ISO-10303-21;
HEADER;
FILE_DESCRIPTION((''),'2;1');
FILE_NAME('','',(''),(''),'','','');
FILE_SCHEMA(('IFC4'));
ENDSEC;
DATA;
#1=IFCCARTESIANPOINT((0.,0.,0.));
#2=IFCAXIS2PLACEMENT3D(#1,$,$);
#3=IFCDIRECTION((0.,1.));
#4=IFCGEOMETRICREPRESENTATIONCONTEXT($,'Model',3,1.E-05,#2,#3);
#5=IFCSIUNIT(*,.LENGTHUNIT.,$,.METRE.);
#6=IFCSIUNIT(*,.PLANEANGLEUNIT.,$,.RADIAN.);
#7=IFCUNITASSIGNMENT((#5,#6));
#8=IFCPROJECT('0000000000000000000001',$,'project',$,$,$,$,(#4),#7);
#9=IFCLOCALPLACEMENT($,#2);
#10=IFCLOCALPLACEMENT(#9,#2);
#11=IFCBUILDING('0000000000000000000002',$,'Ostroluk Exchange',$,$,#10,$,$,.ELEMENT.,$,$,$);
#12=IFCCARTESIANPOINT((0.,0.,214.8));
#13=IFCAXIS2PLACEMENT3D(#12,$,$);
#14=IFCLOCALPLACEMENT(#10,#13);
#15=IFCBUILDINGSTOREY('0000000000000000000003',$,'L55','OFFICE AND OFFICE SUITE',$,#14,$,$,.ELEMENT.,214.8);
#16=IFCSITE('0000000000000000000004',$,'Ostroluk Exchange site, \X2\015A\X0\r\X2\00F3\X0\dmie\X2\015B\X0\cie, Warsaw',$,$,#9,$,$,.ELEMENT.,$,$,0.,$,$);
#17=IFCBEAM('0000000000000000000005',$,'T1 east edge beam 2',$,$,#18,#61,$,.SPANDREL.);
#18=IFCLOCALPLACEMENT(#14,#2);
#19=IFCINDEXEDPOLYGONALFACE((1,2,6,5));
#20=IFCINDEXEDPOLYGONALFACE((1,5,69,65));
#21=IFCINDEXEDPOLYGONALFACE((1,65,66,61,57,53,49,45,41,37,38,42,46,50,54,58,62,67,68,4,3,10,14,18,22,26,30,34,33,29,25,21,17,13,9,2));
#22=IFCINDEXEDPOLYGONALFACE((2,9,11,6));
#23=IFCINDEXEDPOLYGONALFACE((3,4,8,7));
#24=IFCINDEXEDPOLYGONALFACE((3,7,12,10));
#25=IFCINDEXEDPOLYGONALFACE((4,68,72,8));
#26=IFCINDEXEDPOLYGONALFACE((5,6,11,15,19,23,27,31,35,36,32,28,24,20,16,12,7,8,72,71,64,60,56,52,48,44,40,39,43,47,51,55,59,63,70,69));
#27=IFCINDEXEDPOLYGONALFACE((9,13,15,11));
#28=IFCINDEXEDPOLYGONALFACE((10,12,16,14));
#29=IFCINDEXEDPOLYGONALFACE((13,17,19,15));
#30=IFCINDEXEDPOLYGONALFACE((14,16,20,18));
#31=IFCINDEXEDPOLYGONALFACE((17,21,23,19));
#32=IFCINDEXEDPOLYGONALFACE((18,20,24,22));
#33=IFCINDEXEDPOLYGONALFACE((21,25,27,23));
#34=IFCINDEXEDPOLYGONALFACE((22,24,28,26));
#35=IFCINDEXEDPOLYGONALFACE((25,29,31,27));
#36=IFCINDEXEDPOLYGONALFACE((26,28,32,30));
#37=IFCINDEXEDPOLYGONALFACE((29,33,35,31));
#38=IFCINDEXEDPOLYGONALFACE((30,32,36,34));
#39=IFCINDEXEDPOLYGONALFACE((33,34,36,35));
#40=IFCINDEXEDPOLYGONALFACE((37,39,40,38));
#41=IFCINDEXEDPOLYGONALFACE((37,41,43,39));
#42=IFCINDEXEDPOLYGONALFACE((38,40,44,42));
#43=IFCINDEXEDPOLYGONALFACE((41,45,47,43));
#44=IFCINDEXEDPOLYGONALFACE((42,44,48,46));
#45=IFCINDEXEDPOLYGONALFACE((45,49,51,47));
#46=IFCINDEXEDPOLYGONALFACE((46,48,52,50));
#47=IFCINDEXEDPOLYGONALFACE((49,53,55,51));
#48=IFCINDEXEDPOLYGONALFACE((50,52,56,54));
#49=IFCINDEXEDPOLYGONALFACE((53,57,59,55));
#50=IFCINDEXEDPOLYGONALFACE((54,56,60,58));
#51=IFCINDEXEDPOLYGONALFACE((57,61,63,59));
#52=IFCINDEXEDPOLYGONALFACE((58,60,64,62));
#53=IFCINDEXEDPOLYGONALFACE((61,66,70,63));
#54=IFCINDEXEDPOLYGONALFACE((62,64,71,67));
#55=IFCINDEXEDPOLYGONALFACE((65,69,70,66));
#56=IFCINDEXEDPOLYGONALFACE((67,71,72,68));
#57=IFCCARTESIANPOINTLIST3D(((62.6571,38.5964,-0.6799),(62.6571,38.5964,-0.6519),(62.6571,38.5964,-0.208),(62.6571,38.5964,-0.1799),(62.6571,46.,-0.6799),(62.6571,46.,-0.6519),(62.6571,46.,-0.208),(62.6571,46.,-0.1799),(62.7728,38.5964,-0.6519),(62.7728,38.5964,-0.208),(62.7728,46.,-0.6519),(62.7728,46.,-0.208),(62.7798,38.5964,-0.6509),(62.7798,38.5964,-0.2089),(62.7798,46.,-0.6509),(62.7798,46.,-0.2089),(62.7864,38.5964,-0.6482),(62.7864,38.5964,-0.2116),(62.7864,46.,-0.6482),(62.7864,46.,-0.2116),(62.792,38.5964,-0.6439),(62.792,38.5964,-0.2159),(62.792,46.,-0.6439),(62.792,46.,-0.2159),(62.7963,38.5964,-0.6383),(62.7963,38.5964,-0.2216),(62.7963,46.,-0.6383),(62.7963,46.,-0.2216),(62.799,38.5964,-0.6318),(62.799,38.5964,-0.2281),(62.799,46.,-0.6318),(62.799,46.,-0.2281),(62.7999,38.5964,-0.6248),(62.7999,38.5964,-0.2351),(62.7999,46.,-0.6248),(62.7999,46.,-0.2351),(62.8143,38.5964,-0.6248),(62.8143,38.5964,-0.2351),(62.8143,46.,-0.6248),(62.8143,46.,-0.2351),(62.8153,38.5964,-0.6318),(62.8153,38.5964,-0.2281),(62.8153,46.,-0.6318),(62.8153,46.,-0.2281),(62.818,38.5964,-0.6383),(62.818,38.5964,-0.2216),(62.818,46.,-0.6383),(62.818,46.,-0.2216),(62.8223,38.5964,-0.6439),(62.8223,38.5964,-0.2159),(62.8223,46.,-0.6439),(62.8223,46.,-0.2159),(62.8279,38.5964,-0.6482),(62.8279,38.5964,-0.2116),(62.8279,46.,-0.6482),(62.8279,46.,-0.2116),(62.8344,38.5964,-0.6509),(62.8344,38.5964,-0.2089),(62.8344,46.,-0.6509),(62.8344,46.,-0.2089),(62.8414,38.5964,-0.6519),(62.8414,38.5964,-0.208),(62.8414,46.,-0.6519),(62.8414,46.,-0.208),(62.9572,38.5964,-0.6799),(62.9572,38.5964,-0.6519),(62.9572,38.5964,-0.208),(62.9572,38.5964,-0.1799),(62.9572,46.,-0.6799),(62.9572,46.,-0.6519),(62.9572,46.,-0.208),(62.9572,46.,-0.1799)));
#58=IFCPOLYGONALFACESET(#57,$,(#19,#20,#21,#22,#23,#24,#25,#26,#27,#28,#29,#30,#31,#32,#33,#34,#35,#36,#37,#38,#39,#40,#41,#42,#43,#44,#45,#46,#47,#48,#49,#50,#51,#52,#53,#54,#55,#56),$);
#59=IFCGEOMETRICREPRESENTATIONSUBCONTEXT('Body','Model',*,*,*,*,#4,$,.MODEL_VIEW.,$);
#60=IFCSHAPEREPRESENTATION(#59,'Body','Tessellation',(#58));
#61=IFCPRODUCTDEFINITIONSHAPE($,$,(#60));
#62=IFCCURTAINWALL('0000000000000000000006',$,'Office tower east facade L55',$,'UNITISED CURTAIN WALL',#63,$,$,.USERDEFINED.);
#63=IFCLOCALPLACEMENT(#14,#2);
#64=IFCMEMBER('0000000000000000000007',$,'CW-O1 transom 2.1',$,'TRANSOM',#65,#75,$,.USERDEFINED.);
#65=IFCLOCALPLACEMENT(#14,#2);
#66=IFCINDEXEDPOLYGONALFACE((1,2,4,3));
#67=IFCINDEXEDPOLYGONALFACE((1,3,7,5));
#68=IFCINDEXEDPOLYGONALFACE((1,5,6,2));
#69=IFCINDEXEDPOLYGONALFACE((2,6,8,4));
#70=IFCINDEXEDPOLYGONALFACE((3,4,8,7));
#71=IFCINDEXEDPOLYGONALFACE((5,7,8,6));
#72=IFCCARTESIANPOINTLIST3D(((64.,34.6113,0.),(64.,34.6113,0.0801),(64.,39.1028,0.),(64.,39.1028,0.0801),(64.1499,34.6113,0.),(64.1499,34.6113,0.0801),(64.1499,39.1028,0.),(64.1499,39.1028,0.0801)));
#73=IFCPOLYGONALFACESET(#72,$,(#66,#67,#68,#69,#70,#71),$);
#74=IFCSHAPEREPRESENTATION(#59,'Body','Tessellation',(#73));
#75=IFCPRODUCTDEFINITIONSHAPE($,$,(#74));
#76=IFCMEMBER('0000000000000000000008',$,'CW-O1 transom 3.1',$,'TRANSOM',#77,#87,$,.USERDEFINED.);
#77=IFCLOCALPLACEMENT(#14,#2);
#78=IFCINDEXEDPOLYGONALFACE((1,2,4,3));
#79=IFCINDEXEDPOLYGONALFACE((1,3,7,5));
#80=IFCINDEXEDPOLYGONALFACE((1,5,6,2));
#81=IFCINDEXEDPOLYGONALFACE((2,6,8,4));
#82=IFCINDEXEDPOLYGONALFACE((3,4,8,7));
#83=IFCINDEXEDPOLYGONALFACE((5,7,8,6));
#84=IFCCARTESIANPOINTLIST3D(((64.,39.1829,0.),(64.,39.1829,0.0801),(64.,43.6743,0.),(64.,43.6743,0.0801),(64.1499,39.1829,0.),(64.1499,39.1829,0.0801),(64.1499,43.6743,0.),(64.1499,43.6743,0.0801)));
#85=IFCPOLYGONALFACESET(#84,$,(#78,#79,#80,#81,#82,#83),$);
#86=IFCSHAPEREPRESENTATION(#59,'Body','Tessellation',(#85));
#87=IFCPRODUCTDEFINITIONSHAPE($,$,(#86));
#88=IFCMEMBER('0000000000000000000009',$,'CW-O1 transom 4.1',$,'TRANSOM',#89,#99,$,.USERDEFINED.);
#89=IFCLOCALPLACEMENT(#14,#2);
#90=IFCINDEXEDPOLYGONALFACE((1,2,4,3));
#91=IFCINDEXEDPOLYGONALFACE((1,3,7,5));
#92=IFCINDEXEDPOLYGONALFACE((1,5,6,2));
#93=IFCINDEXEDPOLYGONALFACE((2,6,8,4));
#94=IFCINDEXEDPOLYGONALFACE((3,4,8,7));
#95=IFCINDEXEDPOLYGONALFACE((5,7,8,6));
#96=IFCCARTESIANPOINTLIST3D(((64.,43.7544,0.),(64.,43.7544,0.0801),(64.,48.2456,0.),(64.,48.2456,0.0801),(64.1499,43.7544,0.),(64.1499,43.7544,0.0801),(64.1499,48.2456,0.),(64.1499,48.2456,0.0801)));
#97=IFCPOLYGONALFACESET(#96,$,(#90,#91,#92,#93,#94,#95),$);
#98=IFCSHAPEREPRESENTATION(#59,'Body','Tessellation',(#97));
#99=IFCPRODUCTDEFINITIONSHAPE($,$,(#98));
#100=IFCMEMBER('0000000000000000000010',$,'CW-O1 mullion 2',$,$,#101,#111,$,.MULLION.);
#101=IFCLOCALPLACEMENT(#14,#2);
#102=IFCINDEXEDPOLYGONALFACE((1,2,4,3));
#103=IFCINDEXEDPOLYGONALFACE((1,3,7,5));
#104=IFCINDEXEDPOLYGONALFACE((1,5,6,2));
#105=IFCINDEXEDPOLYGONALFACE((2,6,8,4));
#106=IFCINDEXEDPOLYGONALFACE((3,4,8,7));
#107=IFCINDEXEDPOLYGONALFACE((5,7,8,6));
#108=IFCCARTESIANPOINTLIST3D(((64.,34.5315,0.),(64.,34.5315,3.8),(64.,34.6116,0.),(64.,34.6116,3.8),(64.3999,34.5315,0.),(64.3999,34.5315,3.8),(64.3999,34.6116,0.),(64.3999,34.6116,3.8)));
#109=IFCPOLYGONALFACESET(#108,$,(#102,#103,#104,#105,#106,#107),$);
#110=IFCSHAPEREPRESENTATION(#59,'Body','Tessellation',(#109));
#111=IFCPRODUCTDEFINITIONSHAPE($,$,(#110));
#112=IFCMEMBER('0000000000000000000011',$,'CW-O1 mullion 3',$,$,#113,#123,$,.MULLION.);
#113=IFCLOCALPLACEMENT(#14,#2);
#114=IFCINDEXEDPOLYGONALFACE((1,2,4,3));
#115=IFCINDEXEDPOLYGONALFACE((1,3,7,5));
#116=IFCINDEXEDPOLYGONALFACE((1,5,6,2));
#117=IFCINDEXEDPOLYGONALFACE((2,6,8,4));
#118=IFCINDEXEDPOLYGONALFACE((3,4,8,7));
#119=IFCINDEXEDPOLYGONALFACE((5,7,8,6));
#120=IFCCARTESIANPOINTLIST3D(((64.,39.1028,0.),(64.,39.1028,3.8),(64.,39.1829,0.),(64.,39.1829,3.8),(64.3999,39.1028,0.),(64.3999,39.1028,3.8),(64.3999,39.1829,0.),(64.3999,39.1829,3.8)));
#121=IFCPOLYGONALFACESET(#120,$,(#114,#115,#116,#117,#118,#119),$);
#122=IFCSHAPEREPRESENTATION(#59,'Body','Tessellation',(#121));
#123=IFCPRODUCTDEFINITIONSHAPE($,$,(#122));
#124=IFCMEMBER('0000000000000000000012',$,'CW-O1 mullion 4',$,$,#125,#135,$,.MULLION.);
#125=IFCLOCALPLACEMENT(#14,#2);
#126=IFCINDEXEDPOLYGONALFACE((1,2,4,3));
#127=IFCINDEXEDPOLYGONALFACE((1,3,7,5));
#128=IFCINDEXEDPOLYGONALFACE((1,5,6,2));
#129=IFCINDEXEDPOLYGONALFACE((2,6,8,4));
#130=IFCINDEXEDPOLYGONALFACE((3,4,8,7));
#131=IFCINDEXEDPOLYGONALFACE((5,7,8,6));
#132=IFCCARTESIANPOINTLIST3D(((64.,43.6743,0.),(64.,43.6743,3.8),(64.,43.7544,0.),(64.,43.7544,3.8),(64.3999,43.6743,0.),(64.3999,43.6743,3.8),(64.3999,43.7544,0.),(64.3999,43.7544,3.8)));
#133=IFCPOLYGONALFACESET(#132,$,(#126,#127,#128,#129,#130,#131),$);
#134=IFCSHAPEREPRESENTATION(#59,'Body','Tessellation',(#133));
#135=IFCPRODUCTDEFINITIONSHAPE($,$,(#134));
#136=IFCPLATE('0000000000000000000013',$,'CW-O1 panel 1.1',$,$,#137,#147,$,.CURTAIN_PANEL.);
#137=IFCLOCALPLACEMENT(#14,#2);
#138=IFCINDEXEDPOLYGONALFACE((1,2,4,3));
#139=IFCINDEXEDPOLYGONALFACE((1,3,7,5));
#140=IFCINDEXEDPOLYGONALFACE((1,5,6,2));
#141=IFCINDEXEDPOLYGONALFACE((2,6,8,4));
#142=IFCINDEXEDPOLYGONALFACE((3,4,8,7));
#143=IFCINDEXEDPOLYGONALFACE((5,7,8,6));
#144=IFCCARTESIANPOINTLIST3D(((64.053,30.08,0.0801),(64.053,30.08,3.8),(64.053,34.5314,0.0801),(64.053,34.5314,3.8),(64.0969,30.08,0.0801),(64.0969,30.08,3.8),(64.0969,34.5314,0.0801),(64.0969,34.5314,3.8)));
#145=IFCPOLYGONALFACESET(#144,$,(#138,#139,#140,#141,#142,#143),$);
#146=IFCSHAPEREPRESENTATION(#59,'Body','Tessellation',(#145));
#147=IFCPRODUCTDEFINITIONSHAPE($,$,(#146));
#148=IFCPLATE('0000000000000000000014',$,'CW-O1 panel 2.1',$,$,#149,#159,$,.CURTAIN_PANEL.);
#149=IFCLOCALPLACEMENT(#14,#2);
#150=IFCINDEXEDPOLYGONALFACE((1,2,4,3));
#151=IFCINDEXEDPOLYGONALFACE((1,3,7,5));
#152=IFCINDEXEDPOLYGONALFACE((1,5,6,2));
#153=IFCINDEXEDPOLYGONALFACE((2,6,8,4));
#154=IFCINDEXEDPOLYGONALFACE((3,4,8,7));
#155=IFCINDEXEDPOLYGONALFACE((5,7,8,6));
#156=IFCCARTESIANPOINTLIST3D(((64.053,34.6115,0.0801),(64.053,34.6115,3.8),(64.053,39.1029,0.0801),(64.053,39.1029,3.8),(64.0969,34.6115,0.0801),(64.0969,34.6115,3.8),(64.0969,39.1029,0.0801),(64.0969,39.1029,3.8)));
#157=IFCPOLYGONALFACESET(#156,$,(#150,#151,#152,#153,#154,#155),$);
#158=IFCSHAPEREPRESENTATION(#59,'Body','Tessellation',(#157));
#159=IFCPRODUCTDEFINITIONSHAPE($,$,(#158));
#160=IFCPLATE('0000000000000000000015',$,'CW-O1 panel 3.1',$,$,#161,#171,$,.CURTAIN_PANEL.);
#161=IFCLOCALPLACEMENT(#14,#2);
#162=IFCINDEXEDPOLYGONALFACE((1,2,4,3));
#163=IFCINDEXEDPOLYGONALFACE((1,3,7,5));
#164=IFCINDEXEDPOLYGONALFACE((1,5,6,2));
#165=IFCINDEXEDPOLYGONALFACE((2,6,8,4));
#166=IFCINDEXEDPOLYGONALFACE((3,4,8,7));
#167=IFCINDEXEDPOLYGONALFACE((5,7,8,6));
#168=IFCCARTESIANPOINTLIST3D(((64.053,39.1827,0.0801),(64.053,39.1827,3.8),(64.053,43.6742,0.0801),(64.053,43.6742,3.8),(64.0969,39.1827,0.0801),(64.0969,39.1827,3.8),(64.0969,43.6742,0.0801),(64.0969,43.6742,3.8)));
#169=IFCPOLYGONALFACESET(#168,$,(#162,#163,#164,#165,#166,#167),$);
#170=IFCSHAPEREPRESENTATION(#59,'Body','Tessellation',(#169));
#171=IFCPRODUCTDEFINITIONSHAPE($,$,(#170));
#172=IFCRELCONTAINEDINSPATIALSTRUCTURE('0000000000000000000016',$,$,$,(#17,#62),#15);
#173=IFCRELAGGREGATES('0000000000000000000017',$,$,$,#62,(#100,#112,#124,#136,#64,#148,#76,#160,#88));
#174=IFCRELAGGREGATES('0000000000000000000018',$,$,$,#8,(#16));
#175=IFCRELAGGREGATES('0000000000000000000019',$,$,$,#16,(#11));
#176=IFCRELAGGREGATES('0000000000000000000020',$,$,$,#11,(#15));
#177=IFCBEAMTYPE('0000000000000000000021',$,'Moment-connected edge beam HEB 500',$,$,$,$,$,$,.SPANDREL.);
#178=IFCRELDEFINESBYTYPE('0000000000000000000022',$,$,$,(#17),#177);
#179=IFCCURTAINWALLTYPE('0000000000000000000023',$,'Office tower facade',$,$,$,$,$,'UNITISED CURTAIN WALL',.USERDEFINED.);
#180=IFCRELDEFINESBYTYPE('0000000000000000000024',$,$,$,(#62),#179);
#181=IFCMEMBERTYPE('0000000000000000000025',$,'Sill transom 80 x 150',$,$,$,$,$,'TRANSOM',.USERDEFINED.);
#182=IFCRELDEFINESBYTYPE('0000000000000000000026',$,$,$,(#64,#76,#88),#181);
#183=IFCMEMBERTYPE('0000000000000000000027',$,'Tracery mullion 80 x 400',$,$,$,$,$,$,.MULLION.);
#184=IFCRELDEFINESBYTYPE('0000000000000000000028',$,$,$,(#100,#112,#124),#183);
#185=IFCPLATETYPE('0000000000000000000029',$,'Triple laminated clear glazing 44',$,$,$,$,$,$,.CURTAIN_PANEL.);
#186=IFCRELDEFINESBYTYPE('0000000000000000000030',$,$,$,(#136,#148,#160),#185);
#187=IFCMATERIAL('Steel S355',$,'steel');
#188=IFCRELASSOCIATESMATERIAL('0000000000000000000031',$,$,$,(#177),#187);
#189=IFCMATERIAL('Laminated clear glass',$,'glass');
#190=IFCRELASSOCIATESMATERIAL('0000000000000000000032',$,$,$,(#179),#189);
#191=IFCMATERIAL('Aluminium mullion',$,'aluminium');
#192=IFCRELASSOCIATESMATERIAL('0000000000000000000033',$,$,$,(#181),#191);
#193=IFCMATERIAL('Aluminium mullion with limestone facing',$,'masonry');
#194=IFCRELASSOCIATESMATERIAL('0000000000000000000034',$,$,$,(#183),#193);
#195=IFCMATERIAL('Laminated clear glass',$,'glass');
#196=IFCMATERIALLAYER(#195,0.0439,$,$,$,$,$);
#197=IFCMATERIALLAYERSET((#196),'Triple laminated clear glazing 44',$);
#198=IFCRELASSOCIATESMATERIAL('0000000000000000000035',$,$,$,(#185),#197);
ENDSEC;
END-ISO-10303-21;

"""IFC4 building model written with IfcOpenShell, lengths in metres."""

from ifc_helpers import new_model, si_unit, direction, frame, origin, origin_2d, place, context, subcontext, project, spatial, rectangle, i_section, extrude, material, layer, layer_set, material_profile, profile_set, type_object, element, aggregate, save


model = new_model("IFC4")

# Units and contexts
model_context = context("Model", 3, precision=1e-05, world=origin(), true_north=direction((0.0, 1.0)))
body_context = subcontext(model_context, "Body", "Model", "MODEL_VIEW")
ifc_project = project(units=[si_unit("LENGTHUNIT", "METRE"), si_unit("PLANEANGLEUNIT", "RADIAN")], contexts=[model_context])

# Site, building, storey
site_placement = place(None, origin())
site = spatial("IfcSite", under=ifc_project, at=site_placement, Name="Ostroluk Exchange site, Śródmieście, Warsaw", CompositionType="ELEMENT", RefElevation=0.0)
building_placement = place(site_placement, origin())
building = spatial("IfcBuilding", under=site, at=building_placement, Name="Ostroluk Exchange", CompositionType="ELEMENT")
storey_placement = place(building_placement, frame((0.0, 0.0, 214.8)))
storey = spatial("IfcBuildingStorey", under=building, at=storey_placement, Name="L55", Description="OFFICE AND OFFICE SUITE", CompositionType="ELEMENT", Elevation=214.8)

# Beam
ifc_material_1 = material(Name="Steel S355", Category="steel")
ifc_material_profile_1 = material_profile(ifc_material_1, i_section(OverallWidth=0.3, OverallDepth=0.5, WebThickness=0.0144, FlangeThickness=0.0281, FilletRadius=0.0271, at=origin_2d()), Name="HEB 500")
ifc_profile_set_1 = profile_set([ifc_material_profile_1], Name="Steel S355")
beam_type_1 = type_object("IfcBeamType", Name="Moment-connected edge beam HEB 500", PredefinedType="SPANDREL", material=ifc_profile_set_1)
beam_1_placement = place(storey_placement, frame((62.8071, 38.5964, -0.4299), z_axis=(0.0, 1.0, 0.0), x_axis=(-1.0, 0.0, 0.0)))
element("IfcBeam", 1, at=beam_1_placement, inside=storey, type_object=beam_type_1, Name="T1 east edge beam 2", PredefinedType="SPANDREL", context=body_context, shape_type="SweptSolid", body=[
    extrude(i_section(OverallWidth=0.3, OverallDepth=0.5, WebThickness=0.0144, FlangeThickness=0.0281, FilletRadius=0.0271, at=origin_2d()), origin(), (0.0, 0.0, 1.0), 7.4036),
])

# Curtain wall, members, plates
ifc_material_2 = material(Name="Laminated clear glass", Category="glass")
curtain_wall_type = type_object("IfcCurtainWallType", Name="Office tower facade", ElementType="UNITISED CURTAIN WALL", PredefinedType="USERDEFINED", material=ifc_material_2)
curtain_wall_placement = place(storey_placement, origin())
curtain_wall = element("IfcCurtainWall", 2, at=curtain_wall_placement, inside=storey, type_object=curtain_wall_type, Name="Office tower east facade L55", ObjectType="UNITISED CURTAIN WALL", PredefinedType="USERDEFINED")
ifc_material_3 = material(Name="Aluminium mullion", Category="aluminium")
ifc_material_profile_2 = material_profile(ifc_material_3, rectangle(XDim=0.1499, YDim=0.0801, at=origin_2d()), Name="Sill transom 80 x 150")
ifc_profile_set_2 = profile_set([ifc_material_profile_2], Name="Aluminium mullion")
member_type_1 = type_object("IfcMemberType", Name="Sill transom 80 x 150", ElementType="TRANSOM", PredefinedType="USERDEFINED", material=ifc_profile_set_2)
member_1_placement = place(storey_placement, frame((64.075, 34.6113, 0.04), z_axis=(0.0, 1.0, 0.0), x_axis=(-1.0, 0.0, 0.0)))
member_1 = element("IfcMember", 3, at=member_1_placement, type_object=member_type_1, Name="CW-O1 transom 2.1", ObjectType="TRANSOM", PredefinedType="USERDEFINED", context=body_context, shape_type="SweptSolid", body=[
    extrude(rectangle(XDim=0.1499, YDim=0.0801, at=origin_2d()), origin(), (0.0, 0.0, 1.0), 4.4915),
])
member_2_placement = place(storey_placement, frame((64.075, 39.1829, 0.04), z_axis=(0.0, 1.0, 0.0), x_axis=(-1.0, 0.0, 0.0)))
member_2 = element("IfcMember", 4, at=member_2_placement, type_object=member_type_1, Name="CW-O1 transom 3.1", ObjectType="TRANSOM", PredefinedType="USERDEFINED", context=body_context, shape_type="SweptSolid", body=[
    extrude(rectangle(XDim=0.1499, YDim=0.0801, at=origin_2d()), origin(), (0.0, 0.0, 1.0), 4.4915),
])
member_3_placement = place(storey_placement, frame((64.075, 43.7544, 0.04), z_axis=(0.0, 1.0, 0.0), x_axis=(-1.0, 0.0, 0.0)))
member_3 = element("IfcMember", 5, at=member_3_placement, type_object=member_type_1, Name="CW-O1 transom 4.1", ObjectType="TRANSOM", PredefinedType="USERDEFINED", context=body_context, shape_type="SweptSolid", body=[
    extrude(rectangle(XDim=0.1499, YDim=0.0801, at=origin_2d()), origin(), (0.0, 0.0, 1.0), 4.4912),
])
ifc_material_4 = material(Name="Aluminium mullion with limestone facing", Category="masonry")
ifc_material_profile_3 = material_profile(ifc_material_4, rectangle(XDim=0.3999, YDim=0.0801, at=origin_2d()), Name="Tracery mullion 80 x 400")
ifc_profile_set_3 = profile_set([ifc_material_profile_3], Name="Aluminium mullion with limestone facing")
member_type_2 = type_object("IfcMemberType", Name="Tracery mullion 80 x 400", PredefinedType="MULLION", material=ifc_profile_set_3)
member_4_placement = place(storey_placement, frame((64.2, 34.5715, 0.0), z_axis=(0.0, 0.0, 1.0), x_axis=(-1.0, 0.0, 0.0)))
member_4 = element("IfcMember", 6, at=member_4_placement, type_object=member_type_2, Name="CW-O1 mullion 2", PredefinedType="MULLION", context=body_context, shape_type="SweptSolid", body=[
    extrude(rectangle(XDim=0.3999, YDim=0.0801, at=origin_2d()), origin(), (0.0, 0.0, 1.0), 3.8),
])
member_5_placement = place(storey_placement, frame((64.2, 39.1428, 0.0), z_axis=(0.0, 0.0, 1.0), x_axis=(-1.0, 0.0, 0.0)))
member_5 = element("IfcMember", 7, at=member_5_placement, type_object=member_type_2, Name="CW-O1 mullion 3", PredefinedType="MULLION", context=body_context, shape_type="SweptSolid", body=[
    extrude(rectangle(XDim=0.3999, YDim=0.0801, at=origin_2d()), origin(), (0.0, 0.0, 1.0), 3.8),
])
member_6_placement = place(storey_placement, frame((64.2, 43.7144, 0.0), z_axis=(0.0, 0.0, 1.0), x_axis=(-1.0, 0.0, 0.0)))
member_6 = element("IfcMember", 8, at=member_6_placement, type_object=member_type_2, Name="CW-O1 mullion 4", PredefinedType="MULLION", context=body_context, shape_type="SweptSolid", body=[
    extrude(rectangle(XDim=0.3999, YDim=0.0801, at=origin_2d()), origin(), (0.0, 0.0, 1.0), 3.8),
])
ifc_material_5 = material(Name="Laminated clear glass", Category="glass")
ifc_layer_1 = layer(ifc_material_5, 0.0439)
ifc_layer_set_1 = layer_set([ifc_layer_1], Name="Triple laminated clear glazing 44")
plate_type = type_object("IfcPlateType", Name="Triple laminated clear glazing 44", PredefinedType="CURTAIN_PANEL", material=ifc_layer_set_1)
plate_1_placement = place(storey_placement, frame((64.075, 32.3057, 0.0801), z_axis=(0.0, 0.0, 1.0), x_axis=(0.0, 1.0, 0.0)))
plate_1 = element("IfcPlate", 9, at=plate_1_placement, type_object=plate_type, Name="CW-O1 panel 1.1", PredefinedType="CURTAIN_PANEL", context=body_context, shape_type="SweptSolid", body=[
    extrude(rectangle(XDim=4.4514, YDim=0.0439, at=origin_2d()), origin(), (0.0, 0.0, 1.0), 3.72),
])
plate_2_placement = place(storey_placement, frame((64.075, 36.8572, 0.0801), z_axis=(0.0, 0.0, 1.0), x_axis=(0.0, 1.0, 0.0)))
plate_2 = element("IfcPlate", 10, at=plate_2_placement, type_object=plate_type, Name="CW-O1 panel 2.1", PredefinedType="CURTAIN_PANEL", context=body_context, shape_type="SweptSolid", body=[
    extrude(rectangle(XDim=4.4915, YDim=0.0439, at=origin_2d()), origin(), (0.0, 0.0, 1.0), 3.72),
])
plate_3_placement = place(storey_placement, frame((64.075, 41.4285, 0.0801), z_axis=(0.0, 0.0, 1.0), x_axis=(0.0, 1.0, 0.0)))
plate_3 = element("IfcPlate", 11, at=plate_3_placement, type_object=plate_type, Name="CW-O1 panel 3.1", PredefinedType="CURTAIN_PANEL", context=body_context, shape_type="SweptSolid", body=[
    extrude(rectangle(XDim=4.4915, YDim=0.0439, at=origin_2d()), origin(), (0.0, 0.0, 1.0), 3.72),
])
aggregate(curtain_wall, [member_4, member_5, member_6, plate_1, member_1, plate_2, member_2, plate_3, member_3])

save(model, "model.ifc")
